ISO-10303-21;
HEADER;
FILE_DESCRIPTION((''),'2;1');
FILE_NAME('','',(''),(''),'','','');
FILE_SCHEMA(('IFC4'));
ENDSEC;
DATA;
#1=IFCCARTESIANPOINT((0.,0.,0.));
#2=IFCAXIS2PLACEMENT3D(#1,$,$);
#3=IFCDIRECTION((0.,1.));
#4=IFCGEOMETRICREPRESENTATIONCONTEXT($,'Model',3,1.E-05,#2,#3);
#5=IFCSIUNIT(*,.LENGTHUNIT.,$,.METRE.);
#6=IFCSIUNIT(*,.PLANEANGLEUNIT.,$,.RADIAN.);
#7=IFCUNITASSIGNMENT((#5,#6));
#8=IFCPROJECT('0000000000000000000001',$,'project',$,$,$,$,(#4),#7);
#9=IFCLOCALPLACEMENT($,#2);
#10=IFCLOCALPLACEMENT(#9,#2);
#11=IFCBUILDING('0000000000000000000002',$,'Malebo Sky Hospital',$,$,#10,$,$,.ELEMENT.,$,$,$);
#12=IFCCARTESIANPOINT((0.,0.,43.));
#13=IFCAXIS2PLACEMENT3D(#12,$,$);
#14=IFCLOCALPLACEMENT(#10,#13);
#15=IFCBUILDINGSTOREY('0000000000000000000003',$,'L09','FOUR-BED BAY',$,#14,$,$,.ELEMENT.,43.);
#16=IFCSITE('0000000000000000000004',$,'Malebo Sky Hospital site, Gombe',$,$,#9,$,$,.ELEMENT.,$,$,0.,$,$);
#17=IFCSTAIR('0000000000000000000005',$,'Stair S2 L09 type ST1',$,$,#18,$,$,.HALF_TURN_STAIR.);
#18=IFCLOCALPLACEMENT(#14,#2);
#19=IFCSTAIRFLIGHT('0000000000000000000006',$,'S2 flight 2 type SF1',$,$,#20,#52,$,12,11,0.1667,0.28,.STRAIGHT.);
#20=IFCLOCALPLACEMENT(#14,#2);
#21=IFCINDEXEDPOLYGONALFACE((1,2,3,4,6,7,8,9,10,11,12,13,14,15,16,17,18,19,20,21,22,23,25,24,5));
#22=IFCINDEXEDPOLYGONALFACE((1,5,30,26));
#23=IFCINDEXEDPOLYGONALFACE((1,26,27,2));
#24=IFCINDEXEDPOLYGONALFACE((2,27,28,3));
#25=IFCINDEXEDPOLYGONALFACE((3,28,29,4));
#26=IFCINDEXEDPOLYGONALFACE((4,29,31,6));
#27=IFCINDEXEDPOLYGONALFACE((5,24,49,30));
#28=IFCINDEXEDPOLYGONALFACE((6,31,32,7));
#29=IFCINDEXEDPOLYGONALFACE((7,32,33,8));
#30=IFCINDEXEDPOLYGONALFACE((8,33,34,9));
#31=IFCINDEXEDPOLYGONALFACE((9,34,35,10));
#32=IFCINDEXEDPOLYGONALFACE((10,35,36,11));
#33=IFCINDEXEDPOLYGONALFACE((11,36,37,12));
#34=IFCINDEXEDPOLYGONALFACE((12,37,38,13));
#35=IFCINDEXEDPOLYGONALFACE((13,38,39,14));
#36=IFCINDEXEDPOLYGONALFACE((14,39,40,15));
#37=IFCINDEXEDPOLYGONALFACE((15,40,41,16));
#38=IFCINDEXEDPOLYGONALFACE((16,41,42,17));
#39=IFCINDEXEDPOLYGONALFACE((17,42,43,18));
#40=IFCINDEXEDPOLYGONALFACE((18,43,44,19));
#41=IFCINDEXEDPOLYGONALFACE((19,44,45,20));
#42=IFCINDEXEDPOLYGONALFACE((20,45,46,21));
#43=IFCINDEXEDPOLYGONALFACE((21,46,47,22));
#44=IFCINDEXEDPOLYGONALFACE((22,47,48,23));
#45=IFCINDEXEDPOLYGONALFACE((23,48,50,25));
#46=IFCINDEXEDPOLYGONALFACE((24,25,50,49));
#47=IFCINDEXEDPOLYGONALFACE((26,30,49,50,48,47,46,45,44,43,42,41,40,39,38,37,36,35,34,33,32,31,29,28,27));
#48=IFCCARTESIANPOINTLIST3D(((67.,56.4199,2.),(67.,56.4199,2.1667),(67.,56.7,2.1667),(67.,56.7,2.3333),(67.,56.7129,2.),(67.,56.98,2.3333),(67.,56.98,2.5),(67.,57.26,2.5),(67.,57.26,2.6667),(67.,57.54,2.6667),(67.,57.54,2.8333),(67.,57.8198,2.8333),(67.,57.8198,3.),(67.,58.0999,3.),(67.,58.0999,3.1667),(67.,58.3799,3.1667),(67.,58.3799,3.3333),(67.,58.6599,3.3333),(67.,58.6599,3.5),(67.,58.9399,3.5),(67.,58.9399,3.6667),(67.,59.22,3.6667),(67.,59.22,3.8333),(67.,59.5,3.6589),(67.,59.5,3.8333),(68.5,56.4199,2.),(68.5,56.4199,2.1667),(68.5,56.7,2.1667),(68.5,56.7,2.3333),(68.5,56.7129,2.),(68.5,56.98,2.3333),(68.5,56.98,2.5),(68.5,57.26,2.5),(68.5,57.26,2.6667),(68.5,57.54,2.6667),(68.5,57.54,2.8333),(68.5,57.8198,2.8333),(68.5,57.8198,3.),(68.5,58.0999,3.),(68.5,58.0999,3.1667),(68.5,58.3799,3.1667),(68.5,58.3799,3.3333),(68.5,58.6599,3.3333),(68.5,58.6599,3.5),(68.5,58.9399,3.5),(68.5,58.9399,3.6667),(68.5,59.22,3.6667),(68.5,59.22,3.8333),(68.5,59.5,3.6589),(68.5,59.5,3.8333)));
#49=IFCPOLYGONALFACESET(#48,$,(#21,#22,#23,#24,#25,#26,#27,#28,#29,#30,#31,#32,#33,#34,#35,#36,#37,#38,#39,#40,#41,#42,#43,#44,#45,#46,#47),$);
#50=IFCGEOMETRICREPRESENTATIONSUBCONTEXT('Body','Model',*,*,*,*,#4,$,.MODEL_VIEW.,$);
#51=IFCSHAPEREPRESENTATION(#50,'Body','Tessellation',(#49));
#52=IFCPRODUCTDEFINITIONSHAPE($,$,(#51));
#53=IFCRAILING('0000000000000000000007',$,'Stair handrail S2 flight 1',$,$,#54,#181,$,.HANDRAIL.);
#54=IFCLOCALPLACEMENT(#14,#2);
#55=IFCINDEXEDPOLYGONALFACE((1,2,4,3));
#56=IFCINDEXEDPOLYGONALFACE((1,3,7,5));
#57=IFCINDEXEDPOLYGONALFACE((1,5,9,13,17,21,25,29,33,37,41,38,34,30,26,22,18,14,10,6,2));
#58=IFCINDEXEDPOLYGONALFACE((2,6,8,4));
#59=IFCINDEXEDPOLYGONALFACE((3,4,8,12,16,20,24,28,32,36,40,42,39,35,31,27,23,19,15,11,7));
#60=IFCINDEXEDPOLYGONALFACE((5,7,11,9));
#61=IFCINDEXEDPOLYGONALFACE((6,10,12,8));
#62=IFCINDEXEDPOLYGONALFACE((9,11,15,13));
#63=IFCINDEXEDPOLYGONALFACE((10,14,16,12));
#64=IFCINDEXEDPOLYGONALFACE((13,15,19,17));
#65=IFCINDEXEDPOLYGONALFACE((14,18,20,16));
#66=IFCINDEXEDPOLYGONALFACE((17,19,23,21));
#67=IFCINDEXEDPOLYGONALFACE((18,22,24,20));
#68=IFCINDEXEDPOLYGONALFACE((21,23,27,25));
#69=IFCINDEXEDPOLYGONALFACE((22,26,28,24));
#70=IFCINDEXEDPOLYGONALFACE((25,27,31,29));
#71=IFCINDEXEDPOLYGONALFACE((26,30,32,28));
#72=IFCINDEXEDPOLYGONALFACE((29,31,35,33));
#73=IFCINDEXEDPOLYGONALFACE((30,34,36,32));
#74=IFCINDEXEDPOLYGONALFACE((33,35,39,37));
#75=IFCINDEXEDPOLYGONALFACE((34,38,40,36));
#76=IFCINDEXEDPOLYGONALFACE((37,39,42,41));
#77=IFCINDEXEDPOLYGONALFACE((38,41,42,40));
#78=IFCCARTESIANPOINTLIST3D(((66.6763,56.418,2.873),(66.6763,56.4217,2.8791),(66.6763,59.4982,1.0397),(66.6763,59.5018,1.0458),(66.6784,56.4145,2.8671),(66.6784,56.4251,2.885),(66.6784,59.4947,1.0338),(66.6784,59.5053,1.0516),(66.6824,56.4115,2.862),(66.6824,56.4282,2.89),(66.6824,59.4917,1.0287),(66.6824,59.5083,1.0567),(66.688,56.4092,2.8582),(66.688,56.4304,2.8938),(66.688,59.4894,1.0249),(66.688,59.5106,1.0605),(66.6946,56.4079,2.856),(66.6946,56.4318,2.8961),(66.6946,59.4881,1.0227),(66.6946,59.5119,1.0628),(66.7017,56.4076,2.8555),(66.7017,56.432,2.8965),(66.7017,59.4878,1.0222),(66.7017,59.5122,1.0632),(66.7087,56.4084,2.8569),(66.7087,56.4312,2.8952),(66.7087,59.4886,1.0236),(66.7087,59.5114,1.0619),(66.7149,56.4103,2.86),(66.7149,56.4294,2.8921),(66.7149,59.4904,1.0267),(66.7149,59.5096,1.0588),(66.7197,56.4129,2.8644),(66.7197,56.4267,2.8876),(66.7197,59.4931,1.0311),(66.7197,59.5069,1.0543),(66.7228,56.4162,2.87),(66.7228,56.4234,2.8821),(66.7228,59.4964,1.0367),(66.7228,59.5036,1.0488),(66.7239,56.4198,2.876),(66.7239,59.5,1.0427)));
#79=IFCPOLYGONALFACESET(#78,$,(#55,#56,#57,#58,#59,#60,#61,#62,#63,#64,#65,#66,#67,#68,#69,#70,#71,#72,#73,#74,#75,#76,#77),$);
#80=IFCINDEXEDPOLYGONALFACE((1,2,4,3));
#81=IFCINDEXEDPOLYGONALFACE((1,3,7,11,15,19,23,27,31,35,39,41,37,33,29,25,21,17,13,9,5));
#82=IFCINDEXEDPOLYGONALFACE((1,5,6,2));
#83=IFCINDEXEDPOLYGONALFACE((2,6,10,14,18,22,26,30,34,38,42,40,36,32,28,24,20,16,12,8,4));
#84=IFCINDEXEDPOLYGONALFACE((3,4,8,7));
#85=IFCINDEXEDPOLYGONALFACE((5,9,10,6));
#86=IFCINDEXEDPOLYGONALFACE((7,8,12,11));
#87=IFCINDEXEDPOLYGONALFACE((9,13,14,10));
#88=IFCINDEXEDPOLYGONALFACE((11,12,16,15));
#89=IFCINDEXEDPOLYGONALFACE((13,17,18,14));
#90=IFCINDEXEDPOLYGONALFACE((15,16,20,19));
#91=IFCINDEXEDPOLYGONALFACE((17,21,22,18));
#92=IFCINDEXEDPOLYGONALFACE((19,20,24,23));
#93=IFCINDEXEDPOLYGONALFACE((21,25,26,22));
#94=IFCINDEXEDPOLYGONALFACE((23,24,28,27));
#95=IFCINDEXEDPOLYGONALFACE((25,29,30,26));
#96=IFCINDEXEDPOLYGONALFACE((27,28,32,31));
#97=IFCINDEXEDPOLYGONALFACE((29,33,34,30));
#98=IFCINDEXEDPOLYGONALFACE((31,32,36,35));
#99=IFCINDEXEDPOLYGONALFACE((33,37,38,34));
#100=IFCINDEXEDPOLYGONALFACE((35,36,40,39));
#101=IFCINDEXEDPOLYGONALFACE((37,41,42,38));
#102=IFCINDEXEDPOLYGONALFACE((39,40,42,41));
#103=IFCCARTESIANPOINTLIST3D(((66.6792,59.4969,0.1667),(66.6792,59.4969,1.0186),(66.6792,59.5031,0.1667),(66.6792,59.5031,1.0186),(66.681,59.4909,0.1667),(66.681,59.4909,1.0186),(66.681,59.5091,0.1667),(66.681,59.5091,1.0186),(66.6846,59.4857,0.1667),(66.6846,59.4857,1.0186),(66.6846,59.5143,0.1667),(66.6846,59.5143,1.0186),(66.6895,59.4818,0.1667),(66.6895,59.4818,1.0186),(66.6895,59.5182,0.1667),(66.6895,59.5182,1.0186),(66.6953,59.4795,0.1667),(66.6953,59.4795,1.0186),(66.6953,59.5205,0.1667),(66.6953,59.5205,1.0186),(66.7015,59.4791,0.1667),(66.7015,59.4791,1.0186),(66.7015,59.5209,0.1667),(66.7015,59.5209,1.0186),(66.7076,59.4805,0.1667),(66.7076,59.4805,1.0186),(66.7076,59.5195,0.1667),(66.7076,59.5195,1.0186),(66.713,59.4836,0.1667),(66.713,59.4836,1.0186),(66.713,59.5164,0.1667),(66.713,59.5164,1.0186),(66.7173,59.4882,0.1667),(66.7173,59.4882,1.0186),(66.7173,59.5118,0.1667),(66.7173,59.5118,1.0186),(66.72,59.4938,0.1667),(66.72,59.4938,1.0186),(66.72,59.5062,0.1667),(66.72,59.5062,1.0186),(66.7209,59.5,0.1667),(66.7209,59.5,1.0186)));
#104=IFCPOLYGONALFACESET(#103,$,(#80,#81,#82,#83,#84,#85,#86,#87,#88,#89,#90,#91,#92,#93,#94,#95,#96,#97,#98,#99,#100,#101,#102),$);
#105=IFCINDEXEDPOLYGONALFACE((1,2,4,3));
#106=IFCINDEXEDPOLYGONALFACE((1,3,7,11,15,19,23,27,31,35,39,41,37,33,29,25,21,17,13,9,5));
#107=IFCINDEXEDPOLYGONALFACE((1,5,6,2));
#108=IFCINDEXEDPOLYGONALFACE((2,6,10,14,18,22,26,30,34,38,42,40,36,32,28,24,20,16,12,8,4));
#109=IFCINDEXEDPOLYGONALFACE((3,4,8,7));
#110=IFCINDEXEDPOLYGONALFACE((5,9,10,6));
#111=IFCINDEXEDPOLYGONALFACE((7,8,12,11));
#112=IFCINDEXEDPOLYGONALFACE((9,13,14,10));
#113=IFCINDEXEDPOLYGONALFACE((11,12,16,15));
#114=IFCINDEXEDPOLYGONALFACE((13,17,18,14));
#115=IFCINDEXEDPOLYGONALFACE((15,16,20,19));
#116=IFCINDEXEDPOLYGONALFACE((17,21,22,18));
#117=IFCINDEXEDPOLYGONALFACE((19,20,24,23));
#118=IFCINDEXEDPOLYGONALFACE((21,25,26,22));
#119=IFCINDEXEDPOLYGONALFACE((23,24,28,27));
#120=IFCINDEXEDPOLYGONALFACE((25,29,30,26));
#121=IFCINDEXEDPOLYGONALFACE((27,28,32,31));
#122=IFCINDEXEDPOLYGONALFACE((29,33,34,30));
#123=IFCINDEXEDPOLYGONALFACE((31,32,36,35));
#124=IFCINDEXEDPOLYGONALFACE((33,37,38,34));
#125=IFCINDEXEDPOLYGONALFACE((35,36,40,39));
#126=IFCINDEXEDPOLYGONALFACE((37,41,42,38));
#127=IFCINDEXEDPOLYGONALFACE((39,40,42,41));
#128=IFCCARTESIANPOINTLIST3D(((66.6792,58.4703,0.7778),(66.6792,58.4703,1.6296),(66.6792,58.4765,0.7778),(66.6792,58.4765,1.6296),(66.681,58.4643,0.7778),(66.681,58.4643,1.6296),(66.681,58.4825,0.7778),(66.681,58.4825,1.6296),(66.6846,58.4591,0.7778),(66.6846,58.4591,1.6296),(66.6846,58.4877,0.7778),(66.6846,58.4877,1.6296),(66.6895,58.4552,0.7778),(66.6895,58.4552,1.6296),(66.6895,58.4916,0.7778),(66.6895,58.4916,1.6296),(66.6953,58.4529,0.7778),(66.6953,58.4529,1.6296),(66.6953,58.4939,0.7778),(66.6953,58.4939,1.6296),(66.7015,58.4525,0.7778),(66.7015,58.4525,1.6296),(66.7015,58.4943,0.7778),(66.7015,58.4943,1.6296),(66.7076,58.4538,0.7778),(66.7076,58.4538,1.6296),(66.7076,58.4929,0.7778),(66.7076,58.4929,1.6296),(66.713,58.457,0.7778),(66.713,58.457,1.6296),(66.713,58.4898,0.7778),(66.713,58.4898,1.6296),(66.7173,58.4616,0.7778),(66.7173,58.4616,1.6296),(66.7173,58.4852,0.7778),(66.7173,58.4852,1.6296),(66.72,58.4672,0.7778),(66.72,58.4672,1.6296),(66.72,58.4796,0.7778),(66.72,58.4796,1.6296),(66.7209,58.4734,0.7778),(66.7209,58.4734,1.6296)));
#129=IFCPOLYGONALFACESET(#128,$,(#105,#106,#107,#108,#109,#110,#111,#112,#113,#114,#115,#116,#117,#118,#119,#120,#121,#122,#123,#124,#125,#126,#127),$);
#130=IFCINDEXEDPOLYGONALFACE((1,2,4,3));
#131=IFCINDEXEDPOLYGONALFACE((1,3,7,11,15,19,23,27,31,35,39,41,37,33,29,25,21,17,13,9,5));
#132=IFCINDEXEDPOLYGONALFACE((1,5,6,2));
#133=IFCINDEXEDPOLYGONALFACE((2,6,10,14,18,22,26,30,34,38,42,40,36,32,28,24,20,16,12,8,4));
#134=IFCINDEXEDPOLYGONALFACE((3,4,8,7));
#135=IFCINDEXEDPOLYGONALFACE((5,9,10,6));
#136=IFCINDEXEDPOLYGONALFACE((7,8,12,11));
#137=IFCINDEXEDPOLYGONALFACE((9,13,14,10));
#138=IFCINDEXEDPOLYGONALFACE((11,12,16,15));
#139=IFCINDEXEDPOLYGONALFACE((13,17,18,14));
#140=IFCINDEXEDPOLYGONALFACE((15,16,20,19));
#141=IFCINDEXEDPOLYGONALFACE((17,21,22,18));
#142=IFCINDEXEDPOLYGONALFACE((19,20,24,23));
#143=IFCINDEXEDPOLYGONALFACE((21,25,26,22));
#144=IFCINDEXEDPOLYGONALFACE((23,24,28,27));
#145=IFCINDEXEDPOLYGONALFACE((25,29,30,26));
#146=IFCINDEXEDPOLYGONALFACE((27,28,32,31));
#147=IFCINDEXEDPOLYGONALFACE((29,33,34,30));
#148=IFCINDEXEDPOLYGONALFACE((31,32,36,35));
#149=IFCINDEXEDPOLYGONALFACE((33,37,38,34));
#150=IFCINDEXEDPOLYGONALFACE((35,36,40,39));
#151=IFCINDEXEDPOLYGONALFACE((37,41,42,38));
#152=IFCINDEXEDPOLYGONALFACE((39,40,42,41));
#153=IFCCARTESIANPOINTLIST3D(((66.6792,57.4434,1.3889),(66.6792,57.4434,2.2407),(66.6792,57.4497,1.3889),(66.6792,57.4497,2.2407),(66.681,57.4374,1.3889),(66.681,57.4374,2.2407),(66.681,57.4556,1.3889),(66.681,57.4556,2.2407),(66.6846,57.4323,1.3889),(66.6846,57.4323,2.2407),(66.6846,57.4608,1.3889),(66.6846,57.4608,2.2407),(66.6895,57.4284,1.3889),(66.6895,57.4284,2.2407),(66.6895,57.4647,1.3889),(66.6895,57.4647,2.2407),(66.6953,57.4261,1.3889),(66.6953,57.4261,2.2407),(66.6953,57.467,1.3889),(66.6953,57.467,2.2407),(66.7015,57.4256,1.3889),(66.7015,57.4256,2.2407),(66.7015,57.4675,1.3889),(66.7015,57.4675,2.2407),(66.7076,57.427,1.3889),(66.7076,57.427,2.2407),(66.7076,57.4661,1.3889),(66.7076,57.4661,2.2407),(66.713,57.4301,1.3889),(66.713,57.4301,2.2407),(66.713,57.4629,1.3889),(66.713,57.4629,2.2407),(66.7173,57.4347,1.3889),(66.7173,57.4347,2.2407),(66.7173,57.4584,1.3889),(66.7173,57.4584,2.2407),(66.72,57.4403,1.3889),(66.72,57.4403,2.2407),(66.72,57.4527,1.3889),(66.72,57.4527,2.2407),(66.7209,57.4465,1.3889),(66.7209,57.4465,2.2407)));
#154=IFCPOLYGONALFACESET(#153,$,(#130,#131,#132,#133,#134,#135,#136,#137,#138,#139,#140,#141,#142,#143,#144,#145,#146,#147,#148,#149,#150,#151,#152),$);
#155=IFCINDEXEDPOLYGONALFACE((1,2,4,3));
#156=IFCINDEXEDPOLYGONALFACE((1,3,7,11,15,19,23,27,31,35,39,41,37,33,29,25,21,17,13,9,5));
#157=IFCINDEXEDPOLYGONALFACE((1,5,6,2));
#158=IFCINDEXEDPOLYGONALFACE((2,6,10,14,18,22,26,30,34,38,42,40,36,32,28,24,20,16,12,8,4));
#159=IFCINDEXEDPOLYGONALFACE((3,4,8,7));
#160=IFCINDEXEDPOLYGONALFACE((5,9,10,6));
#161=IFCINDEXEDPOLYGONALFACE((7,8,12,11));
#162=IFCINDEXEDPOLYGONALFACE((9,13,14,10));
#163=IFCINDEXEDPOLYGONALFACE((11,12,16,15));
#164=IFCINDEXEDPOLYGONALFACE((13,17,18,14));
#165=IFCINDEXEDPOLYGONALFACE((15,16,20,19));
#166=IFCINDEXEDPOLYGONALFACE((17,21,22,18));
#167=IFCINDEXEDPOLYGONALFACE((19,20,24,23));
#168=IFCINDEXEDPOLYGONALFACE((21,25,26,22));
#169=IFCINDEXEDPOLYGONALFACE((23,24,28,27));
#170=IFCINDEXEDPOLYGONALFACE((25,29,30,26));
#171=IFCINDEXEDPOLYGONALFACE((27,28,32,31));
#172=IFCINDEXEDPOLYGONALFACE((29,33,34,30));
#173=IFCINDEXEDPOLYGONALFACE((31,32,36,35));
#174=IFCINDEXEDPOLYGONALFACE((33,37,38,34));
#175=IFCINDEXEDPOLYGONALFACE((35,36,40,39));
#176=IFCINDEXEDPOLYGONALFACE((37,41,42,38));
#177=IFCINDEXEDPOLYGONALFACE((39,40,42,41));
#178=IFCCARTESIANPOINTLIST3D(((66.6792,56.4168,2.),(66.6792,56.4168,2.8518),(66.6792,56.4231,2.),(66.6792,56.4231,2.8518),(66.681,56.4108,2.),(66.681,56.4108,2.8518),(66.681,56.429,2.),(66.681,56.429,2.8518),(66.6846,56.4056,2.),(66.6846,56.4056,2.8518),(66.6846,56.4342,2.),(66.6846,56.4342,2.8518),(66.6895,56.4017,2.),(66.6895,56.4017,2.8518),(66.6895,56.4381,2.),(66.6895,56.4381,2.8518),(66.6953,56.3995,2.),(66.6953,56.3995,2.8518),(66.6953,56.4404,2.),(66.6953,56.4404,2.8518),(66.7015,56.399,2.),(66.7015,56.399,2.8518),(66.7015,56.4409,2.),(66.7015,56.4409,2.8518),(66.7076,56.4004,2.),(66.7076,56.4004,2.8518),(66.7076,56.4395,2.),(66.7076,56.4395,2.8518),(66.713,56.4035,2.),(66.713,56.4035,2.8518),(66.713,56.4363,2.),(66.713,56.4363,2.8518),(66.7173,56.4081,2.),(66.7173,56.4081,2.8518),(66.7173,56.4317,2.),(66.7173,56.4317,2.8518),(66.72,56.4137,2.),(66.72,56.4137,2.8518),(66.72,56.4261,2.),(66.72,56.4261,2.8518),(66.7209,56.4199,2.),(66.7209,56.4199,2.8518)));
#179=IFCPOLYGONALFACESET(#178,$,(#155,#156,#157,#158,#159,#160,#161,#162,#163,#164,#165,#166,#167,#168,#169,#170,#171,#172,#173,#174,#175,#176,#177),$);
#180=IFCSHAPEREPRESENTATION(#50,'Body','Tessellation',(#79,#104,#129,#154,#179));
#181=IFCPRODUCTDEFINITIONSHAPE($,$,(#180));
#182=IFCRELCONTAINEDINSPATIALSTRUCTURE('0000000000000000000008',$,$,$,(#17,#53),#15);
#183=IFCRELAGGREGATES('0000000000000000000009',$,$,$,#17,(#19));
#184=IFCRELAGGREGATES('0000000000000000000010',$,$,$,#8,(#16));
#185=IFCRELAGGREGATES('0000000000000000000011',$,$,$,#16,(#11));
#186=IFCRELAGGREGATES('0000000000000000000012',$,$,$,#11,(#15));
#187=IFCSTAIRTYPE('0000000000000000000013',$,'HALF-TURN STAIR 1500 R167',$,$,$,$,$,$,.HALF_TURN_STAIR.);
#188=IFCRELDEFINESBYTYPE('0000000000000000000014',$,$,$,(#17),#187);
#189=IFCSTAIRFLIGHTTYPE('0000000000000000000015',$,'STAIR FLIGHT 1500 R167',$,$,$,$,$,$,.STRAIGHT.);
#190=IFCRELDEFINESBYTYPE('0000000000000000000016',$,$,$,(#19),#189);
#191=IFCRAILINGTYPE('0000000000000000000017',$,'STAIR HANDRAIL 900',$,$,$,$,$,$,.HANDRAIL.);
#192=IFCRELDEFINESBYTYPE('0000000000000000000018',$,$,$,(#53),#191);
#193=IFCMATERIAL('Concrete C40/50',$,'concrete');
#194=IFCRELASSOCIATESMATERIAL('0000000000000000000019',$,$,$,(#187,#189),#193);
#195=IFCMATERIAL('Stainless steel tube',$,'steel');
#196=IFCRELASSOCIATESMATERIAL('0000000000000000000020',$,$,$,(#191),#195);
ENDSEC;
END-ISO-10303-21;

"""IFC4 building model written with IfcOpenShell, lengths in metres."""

from ifc_helpers import new_model, si_unit, direction, frame, origin, origin_2d, place, context, subcontext, project, spatial, polyline, circle, outline, extrude, material, type_object, element, aggregate, save


model = new_model("IFC4")

# Units and contexts
model_context = context("Model", 3, precision=1e-05, world=origin(), true_north=direction((0.0, 1.0)))
body_context = subcontext(model_context, "Body", "Model", "MODEL_VIEW")
ifc_project = project(units=[si_unit("LENGTHUNIT", "METRE"), si_unit("PLANEANGLEUNIT", "RADIAN")], contexts=[model_context])

# Site, building, storey
site_placement = place(None, origin())
site = spatial("IfcSite", under=ifc_project, at=site_placement, Name="Malebo Sky Hospital site, Gombe", CompositionType="ELEMENT", RefElevation=0.0)
building_placement = place(site_placement, origin())
building = spatial("IfcBuilding", under=site, at=building_placement, Name="Malebo Sky Hospital", CompositionType="ELEMENT")
storey_placement = place(building_placement, frame((0.0, 0.0, 43.0)))
storey = spatial("IfcBuildingStorey", under=building, at=storey_placement, Name="L09", Description="FOUR-BED BAY", CompositionType="ELEMENT", Elevation=43.0)

# Stair, stair flight
ifc_material_1 = material(Name="Concrete C40/50", Category="concrete")
stair_type = type_object("IfcStairType", Name="HALF-TURN STAIR 1500 R167", PredefinedType="HALF_TURN_STAIR", material=ifc_material_1)
stair_placement = place(storey_placement, origin())
stair = element("IfcStair", 1, at=stair_placement, inside=storey, type_object=stair_type, Name="Stair S2 L09 type ST1", PredefinedType="HALF_TURN_STAIR")
stair_flight_type = type_object("IfcStairFlightType", Name="STAIR FLIGHT 1500 R167", PredefinedType="STRAIGHT", material=ifc_material_1)
stair_flight_1_placement = place(storey_placement, frame((67.75, 56.4199, 2.0), z_axis=(0.0, 0.0, 1.0), x_axis=(0.0, 1.0, 0.0)))
stair_flight_1 = element("IfcStairFlight", 2, at=stair_flight_1_placement, type_object=stair_flight_type, Name="S2 flight 2 type SF1", NumberOfRisers=12, NumberOfTreads=11, PredefinedType="STRAIGHT", RiserHeight=0.1667, TreadLength=0.28, context=body_context, shape_type="SweptSolid", body=[
    extrude(outline(polyline([(0.0, 0.0), (0.0, 0.1667), (0.28, 0.1667), (0.28, 0.3333), (0.5601, 0.3333), (0.5601, 0.5), (0.8401, 0.5), (0.8401, 0.6667), (1.1201, 0.6667), (1.1201, 0.8333), (1.3999, 0.8333), (1.3999, 1.0), (1.6799, 1.0), (1.6799, 1.1667), (1.96, 1.1667), (1.96, 1.3333), (2.24, 1.3333), (2.24, 1.5), (2.52, 1.5), (2.52, 1.6667), (2.8, 1.6667), (2.8, 1.8333), (3.0801, 1.8333), (3.0801, 2.0), (3.0801, 1.6589), (0.293, 0.0), (0.0, 0.0)])), frame((0.0, 0.75, 0.0), z_axis=(0.0, -1.0, 0.0), x_axis=(1.0, 0.0, 0.0)), (0.0, 0.0, 1.0), 1.5),
])
aggregate(stair, [stair_flight_1])

# Railing
ifc_material_2 = material(Name="Stainless steel tube", Category="steel")
railing_type = type_object("IfcRailingType", Name="STAIR HANDRAIL 900", PredefinedType="HANDRAIL", material=ifc_material_2)
railing_1_placement = place(storey_placement, frame((66.7, 59.5, 0.1667)))
element("IfcRailing", 3, at=railing_1_placement, inside=storey, type_object=railing_type, Name="Stair handrail S2 flight 1", PredefinedType="HANDRAIL", context=body_context, shape_type="SweptSolid", body=[
    extrude(circle(Radius=0.0239, at=origin_2d()), frame((0.0, 0.0, 0.876), z_axis=(0.0, -0.859309, 0.511458), x_axis=(1.0, 0.0, 0.0)), (0.0, 0.0, 1.0), 3.5845),
    extrude(circle(Radius=0.021, at=origin_2d()), origin(), (0.0, 0.0, 1.0), 0.8518),
    extrude(circle(Radius=0.021, at=origin_2d()), frame((0.0, -1.0266, 0.6111)), (0.0, 0.0, 1.0), 0.8518),
    extrude(circle(Radius=0.021, at=origin_2d()), frame((0.0, -2.0535, 1.2222)), (0.0, 0.0, 1.0), 0.8518),
    extrude(circle(Radius=0.021, at=origin_2d()), frame((0.0, -3.0801, 1.8333)), (0.0, 0.0, 1.0), 0.8518),
])

save(model, "model.ifc")
